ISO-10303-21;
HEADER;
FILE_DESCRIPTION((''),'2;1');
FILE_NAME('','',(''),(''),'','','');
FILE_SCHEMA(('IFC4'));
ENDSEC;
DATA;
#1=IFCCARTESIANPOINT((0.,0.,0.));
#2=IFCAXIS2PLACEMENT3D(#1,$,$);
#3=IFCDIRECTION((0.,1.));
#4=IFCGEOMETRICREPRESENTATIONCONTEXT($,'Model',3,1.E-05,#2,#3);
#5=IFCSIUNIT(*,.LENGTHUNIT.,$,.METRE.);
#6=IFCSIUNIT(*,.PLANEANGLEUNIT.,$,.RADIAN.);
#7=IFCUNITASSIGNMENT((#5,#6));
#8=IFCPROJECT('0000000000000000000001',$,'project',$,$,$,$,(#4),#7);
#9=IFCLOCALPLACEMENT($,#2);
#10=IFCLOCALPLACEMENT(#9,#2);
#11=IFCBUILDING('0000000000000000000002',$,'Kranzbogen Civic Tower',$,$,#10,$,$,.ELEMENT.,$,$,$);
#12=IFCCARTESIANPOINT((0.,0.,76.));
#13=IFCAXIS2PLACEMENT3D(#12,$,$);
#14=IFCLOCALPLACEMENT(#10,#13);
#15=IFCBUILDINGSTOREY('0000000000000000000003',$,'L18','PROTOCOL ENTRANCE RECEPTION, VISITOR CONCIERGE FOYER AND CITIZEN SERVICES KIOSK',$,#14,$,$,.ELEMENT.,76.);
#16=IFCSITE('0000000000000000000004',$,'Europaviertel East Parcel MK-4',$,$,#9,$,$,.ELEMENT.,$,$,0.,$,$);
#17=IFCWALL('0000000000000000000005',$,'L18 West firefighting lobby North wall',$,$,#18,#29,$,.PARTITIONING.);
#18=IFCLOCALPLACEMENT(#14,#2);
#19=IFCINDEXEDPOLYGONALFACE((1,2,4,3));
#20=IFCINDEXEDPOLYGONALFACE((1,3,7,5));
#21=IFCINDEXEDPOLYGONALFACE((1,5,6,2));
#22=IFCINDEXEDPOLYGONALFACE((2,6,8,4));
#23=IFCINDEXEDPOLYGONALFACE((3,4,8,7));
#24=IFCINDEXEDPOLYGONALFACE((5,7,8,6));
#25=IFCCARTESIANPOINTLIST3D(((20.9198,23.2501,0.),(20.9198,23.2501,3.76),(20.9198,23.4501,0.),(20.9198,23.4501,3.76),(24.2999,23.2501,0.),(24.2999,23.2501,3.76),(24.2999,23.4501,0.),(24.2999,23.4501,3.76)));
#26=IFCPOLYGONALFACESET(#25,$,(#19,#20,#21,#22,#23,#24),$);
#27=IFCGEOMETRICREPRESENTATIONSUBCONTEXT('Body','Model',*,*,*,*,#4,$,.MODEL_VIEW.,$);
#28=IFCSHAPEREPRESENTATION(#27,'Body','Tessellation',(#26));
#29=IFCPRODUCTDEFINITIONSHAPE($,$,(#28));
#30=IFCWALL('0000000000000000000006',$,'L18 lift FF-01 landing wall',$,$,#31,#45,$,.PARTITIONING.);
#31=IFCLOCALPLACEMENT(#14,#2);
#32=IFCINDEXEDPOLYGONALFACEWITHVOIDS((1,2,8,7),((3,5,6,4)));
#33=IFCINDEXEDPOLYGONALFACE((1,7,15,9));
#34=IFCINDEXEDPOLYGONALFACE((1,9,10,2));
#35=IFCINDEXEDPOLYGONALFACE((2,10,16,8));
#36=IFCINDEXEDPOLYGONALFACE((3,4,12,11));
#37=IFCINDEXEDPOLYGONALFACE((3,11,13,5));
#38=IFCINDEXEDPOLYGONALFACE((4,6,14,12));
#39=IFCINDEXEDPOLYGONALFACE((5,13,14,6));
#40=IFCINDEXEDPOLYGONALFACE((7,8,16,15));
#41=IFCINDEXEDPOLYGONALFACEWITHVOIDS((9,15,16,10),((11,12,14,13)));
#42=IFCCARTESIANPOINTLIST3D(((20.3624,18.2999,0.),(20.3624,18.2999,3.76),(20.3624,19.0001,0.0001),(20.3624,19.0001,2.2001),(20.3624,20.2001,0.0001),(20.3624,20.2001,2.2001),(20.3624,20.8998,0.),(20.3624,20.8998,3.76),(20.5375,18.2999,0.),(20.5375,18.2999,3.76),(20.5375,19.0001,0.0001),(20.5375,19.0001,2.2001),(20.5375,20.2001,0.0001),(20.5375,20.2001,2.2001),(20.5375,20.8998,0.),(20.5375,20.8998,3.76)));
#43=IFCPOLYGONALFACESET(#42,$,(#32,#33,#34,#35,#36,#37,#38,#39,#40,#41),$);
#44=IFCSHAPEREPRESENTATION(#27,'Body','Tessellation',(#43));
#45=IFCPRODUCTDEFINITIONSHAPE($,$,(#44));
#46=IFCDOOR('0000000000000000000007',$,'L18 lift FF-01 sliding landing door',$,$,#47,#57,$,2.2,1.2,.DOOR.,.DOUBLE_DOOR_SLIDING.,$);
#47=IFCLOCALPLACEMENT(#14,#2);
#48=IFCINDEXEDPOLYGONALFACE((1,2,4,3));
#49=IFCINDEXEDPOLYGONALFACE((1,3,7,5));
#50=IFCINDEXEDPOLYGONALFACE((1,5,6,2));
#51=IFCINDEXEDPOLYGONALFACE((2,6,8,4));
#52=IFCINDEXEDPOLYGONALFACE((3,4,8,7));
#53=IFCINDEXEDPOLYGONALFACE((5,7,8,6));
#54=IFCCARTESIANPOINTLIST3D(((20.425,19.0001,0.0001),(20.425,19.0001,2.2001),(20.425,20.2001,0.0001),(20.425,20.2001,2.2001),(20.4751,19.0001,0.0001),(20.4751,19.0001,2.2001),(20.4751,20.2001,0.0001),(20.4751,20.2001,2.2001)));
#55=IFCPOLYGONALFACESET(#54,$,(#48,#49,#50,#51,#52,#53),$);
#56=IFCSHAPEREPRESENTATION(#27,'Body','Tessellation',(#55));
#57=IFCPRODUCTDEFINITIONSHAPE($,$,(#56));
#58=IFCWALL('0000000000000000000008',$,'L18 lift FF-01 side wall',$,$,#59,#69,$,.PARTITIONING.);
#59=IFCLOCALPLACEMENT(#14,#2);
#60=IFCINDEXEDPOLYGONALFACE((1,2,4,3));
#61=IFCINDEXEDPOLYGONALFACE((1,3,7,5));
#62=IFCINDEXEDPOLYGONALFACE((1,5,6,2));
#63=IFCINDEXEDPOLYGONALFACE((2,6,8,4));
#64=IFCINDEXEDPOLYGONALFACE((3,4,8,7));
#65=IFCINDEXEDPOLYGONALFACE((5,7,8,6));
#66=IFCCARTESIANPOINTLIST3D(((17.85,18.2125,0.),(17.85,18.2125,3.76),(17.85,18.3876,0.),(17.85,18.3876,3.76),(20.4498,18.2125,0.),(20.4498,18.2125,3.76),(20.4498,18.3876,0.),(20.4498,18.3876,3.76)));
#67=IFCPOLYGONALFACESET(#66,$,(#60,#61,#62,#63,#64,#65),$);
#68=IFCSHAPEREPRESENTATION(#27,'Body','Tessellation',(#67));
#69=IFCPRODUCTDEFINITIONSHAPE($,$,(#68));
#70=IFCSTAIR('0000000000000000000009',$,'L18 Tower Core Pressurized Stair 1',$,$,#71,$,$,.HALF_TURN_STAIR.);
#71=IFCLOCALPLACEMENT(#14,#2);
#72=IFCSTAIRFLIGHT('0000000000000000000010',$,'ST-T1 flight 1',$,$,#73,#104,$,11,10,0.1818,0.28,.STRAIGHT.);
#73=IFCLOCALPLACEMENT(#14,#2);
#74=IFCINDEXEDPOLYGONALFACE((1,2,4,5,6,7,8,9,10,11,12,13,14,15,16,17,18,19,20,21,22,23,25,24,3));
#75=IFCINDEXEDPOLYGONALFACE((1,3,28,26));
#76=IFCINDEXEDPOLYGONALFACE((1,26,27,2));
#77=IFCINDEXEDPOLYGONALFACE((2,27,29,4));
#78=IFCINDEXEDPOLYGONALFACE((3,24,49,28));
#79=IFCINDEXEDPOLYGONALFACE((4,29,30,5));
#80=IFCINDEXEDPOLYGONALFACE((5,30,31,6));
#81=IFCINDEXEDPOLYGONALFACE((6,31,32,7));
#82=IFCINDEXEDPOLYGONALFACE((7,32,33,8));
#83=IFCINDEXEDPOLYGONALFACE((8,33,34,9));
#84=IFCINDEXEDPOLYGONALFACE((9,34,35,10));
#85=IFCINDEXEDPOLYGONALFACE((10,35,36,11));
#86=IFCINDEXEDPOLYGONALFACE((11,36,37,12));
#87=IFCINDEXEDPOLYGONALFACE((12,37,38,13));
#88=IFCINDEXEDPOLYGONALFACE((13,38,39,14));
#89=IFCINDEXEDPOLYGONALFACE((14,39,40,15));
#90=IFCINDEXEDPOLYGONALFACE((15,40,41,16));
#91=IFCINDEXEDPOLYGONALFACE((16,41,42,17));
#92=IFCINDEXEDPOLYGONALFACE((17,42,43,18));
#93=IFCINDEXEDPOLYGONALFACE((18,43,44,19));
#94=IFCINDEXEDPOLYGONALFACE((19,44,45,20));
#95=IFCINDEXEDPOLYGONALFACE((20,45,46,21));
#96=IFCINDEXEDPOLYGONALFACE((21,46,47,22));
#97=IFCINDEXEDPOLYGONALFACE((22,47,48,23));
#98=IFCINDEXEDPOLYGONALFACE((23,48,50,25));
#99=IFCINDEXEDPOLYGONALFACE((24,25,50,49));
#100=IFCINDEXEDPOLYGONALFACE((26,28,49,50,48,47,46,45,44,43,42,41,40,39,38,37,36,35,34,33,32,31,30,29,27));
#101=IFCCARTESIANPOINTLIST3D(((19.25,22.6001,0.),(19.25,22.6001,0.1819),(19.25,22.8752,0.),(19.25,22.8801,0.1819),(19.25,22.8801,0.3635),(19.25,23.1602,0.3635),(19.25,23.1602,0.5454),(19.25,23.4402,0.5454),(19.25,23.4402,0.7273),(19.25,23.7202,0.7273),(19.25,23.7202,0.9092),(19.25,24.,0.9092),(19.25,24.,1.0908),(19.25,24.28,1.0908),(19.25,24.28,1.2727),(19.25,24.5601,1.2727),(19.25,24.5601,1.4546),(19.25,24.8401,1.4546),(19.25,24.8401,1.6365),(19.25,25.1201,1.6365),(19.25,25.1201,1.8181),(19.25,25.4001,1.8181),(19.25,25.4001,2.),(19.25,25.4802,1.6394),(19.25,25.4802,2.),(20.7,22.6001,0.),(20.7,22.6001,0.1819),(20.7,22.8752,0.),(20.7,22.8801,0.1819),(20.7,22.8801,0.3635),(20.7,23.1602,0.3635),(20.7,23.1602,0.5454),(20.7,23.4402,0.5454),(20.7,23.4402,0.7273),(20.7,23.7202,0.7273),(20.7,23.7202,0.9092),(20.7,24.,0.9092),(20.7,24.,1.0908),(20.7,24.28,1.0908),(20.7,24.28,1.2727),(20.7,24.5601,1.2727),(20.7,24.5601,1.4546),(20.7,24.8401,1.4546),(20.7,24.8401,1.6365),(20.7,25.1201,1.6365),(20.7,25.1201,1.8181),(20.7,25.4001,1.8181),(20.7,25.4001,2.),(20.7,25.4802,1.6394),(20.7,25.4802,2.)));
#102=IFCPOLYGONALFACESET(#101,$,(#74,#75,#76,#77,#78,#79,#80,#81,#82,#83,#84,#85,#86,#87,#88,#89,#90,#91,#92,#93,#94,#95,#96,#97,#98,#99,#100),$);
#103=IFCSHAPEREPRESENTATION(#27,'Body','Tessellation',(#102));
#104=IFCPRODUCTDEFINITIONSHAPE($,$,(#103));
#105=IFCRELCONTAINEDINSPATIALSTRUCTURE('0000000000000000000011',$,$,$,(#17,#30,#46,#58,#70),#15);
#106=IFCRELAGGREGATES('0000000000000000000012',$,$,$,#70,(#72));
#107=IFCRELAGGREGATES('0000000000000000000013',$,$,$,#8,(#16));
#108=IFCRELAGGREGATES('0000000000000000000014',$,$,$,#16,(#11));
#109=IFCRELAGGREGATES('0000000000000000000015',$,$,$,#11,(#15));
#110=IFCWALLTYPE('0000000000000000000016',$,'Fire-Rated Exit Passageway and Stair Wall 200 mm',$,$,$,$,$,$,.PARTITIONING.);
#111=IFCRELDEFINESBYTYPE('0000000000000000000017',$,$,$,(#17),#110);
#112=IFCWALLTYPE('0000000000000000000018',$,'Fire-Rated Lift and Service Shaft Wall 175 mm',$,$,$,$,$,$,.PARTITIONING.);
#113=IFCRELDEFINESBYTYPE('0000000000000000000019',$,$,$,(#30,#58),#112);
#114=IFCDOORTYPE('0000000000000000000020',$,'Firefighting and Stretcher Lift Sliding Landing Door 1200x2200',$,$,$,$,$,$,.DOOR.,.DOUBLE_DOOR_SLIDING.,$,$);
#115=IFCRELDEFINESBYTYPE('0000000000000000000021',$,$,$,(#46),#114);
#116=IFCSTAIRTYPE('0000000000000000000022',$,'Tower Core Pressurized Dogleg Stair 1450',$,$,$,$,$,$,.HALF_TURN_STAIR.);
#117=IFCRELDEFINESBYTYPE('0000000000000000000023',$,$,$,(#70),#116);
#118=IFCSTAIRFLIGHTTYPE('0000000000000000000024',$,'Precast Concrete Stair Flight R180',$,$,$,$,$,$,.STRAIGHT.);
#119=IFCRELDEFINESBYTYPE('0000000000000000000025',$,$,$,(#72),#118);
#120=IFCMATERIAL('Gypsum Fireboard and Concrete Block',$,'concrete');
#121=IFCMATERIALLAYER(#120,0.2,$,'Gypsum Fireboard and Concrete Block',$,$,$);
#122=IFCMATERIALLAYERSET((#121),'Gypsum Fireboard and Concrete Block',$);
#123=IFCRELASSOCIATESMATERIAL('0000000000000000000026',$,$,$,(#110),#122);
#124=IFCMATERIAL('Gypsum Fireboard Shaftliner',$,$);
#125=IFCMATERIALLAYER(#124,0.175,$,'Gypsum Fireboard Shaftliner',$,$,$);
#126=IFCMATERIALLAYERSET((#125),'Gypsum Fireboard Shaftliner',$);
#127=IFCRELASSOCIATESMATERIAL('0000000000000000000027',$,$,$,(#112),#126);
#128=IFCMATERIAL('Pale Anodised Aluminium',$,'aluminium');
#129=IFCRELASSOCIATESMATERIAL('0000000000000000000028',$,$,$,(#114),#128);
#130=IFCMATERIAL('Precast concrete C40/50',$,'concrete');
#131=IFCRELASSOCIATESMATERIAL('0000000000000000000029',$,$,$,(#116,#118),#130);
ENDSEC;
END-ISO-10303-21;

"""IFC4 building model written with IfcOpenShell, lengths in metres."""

from ifc_helpers import new_model, si_unit, direction, frame, frame_2d, origin, place, context, subcontext, project, spatial, polyline, rectangle, outline, extrude, material, layer, layer_set, type_object, element, fill, aggregate, save


model = new_model("IFC4")

# Units and contexts
model_context = context("Model", 3, precision=1e-05, world=origin(), true_north=direction((0.0, 1.0)))
body_context = subcontext(model_context, "Body", "Model", "MODEL_VIEW")
ifc_project = project(units=[si_unit("LENGTHUNIT", "METRE"), si_unit("PLANEANGLEUNIT", "RADIAN")], contexts=[model_context])

# Site, building, storey
site_placement = place(None, origin())
site = spatial("IfcSite", under=ifc_project, at=site_placement, Name="Europaviertel East Parcel MK-4", CompositionType="ELEMENT", RefElevation=0.0)
building_placement = place(site_placement, origin())
building = spatial("IfcBuilding", under=site, at=building_placement, Name="Kranzbogen Civic Tower", CompositionType="ELEMENT")
storey_placement = place(building_placement, frame((0.0, 0.0, 76.0)))
storey = spatial("IfcBuildingStorey", under=building, at=storey_placement, Name="L18", Description="PROTOCOL ENTRANCE RECEPTION, VISITOR CONCIERGE FOYER AND CITIZEN SERVICES KIOSK", CompositionType="ELEMENT", Elevation=76.0)

# Shared definitions
ifc_material_1 = material(Name="Pale Anodised Aluminium", Category="aluminium")

# Wall
ifc_material_2 = material(Name="Gypsum Fireboard and Concrete Block", Category="concrete")
ifc_layer_1 = layer(ifc_material_2, 0.2, Name="Gypsum Fireboard and Concrete Block")
ifc_layer_set_1 = layer_set([ifc_layer_1], Name="Gypsum Fireboard and Concrete Block")
wall_type_1 = type_object("IfcWallType", Name="Fire-Rated Exit Passageway and Stair Wall 200 mm", PredefinedType="PARTITIONING", material=ifc_layer_set_1)
wall_1_placement = place(storey_placement, frame((20.9199, 23.3501, 0.0), z_axis=(0.0, 0.0, 1.0), x_axis=(1.0, 0.0, 0.0)))
element("IfcWall", 1, at=wall_1_placement, inside=storey, type_object=wall_type_1, Name="L18 West firefighting lobby North wall", PredefinedType="PARTITIONING", context=body_context, shape_type="SweptSolid", body=[
    extrude(rectangle(XDim=3.3801, YDim=0.2, at=frame_2d((1.6899, 0.0))), origin(), (0.0, 0.0, 1.0), 3.76),
])

# Wall, opening, door
ifc_material_3 = material(Name="Gypsum Fireboard Shaftliner")
ifc_layer_2 = layer(ifc_material_3, 0.175, Name="Gypsum Fireboard Shaftliner")
ifc_layer_set_2 = layer_set([ifc_layer_2], Name="Gypsum Fireboard Shaftliner")
wall_type_2 = type_object("IfcWallType", Name="Fire-Rated Lift and Service Shaft Wall 175 mm", PredefinedType="PARTITIONING", material=ifc_layer_set_2)
wall_2_placement = place(storey_placement, frame((20.45, 18.3, 0.0), z_axis=(0.0, 0.0, 1.0), x_axis=(0.0, 1.0, 0.0)))
wall_2 = element("IfcWall", 2, at=wall_2_placement, inside=storey, type_object=wall_type_2, Name="L18 lift FF-01 landing wall", PredefinedType="PARTITIONING", context=body_context, shape_type="SweptSolid", body=[
    extrude(rectangle(XDim=2.5999, YDim=0.175, at=frame_2d((1.2998, 0.0))), origin(), (0.0, 0.0, 1.0), 3.76),
])
opening_1_placement = place(wall_2_placement, frame((0.7, 0.0, 0.0)))
opening_1 = element("IfcOpeningElement", 3, at=opening_1_placement, cuts=wall_2, PredefinedType="OPENING", context=body_context, shape_type="SweptSolid", body=[
    extrude(rectangle(XDim=1.2, YDim=2.2, at=frame_2d((0.6001, 1.1001))), frame((0.0, 0.0977, 0.0), z_axis=(0.0, -1.0, 0.0), x_axis=(1.0, 0.0, 0.0)), (0.0, 0.0, 1.0), 0.1951),
])
door_type_1 = type_object("IfcDoorType", Name="Firefighting and Stretcher Lift Sliding Landing Door 1200x2200", OperationType="DOUBLE_DOOR_SLIDING", PredefinedType="DOOR", material=ifc_material_1)
door_1_placement = place(opening_1_placement, origin())
door_1 = element("IfcDoor", 4, at=door_1_placement, inside=storey, type_object=door_type_1, Name="L18 lift FF-01 sliding landing door", OperationType="DOUBLE_DOOR_SLIDING", OverallHeight=2.2, OverallWidth=1.2, PredefinedType="DOOR", context=body_context, shape_type="SweptSolid", body=[
    extrude(rectangle(XDim=1.2, YDim=2.2, at=frame_2d((0.6001, 1.1001))), frame((0.0, 0.0249, 0.0), z_axis=(0.0, -1.0, 0.0), x_axis=(1.0, 0.0, 0.0)), (0.0, 0.0, 1.0), 0.05),
])
fill(opening_1, door_1)

# Wall
wall_3_placement = place(storey_placement, frame((17.8501, 18.3, 0.0), z_axis=(0.0, 0.0, 1.0), x_axis=(1.0, 0.0, 0.0)))
element("IfcWall", 5, at=wall_3_placement, inside=storey, type_object=wall_type_2, Name="L18 lift FF-01 side wall", PredefinedType="PARTITIONING", context=body_context, shape_type="SweptSolid", body=[
    extrude(rectangle(XDim=2.5999, YDim=0.175, at=frame_2d((1.2998, 0.0))), origin(), (0.0, 0.0, 1.0), 3.76),
])

# Stair, stair flight
ifc_material_4 = material(Name="Precast concrete C40/50", Category="concrete")
stair_type = type_object("IfcStairType", Name="Tower Core Pressurized Dogleg Stair 1450", PredefinedType="HALF_TURN_STAIR", material=ifc_material_4)
stair_placement = place(storey_placement, origin())
stair = element("IfcStair", 6, at=stair_placement, inside=storey, type_object=stair_type, Name="L18 Tower Core Pressurized Stair 1", PredefinedType="HALF_TURN_STAIR")
stair_flight_type = type_object("IfcStairFlightType", Name="Precast Concrete Stair Flight R180", PredefinedType="STRAIGHT", material=ifc_material_4)
stair_flight_placement = place(storey_placement, frame((19.9751, 22.6001, 0.0), z_axis=(0.0, 0.0, 1.0), x_axis=(0.0, 1.0, 0.0)))
stair_flight = element("IfcStairFlight", 7, at=stair_flight_placement, type_object=stair_flight_type, Name="ST-T1 flight 1", NumberOfRisers=11, NumberOfTreads=10, PredefinedType="STRAIGHT", RiserHeight=0.1818, TreadLength=0.28, context=body_context, shape_type="SweptSolid", body=[
    extrude(outline(polyline([(0.0, 0.0), (0.0, 0.1819), (0.28, 0.1819), (0.28, 0.3635), (0.5601, 0.3635), (0.5601, 0.5454), (0.8401, 0.5454), (0.8401, 0.7273), (1.1201, 0.7273), (1.1201, 0.9092), (1.3999, 0.9092), (1.3999, 1.0908), (1.6799, 1.0908), (1.6799, 1.2727), (1.96, 1.2727), (1.96, 1.4546), (2.24, 1.4546), (2.24, 1.6365), (2.52, 1.6365), (2.52, 1.8181), (2.8, 1.8181), (2.8, 2.0), (2.8801, 2.0), (2.8801, 1.6394), (0.2751, 0.0), (0.0, 0.0)])), frame((0.0, 0.7251, 0.0), z_axis=(0.0, -1.0, 0.0), x_axis=(1.0, 0.0, 0.0)), (0.0, 0.0, 1.0), 1.45),
])
aggregate(stair, [stair_flight])

save(model, "model.ifc")
